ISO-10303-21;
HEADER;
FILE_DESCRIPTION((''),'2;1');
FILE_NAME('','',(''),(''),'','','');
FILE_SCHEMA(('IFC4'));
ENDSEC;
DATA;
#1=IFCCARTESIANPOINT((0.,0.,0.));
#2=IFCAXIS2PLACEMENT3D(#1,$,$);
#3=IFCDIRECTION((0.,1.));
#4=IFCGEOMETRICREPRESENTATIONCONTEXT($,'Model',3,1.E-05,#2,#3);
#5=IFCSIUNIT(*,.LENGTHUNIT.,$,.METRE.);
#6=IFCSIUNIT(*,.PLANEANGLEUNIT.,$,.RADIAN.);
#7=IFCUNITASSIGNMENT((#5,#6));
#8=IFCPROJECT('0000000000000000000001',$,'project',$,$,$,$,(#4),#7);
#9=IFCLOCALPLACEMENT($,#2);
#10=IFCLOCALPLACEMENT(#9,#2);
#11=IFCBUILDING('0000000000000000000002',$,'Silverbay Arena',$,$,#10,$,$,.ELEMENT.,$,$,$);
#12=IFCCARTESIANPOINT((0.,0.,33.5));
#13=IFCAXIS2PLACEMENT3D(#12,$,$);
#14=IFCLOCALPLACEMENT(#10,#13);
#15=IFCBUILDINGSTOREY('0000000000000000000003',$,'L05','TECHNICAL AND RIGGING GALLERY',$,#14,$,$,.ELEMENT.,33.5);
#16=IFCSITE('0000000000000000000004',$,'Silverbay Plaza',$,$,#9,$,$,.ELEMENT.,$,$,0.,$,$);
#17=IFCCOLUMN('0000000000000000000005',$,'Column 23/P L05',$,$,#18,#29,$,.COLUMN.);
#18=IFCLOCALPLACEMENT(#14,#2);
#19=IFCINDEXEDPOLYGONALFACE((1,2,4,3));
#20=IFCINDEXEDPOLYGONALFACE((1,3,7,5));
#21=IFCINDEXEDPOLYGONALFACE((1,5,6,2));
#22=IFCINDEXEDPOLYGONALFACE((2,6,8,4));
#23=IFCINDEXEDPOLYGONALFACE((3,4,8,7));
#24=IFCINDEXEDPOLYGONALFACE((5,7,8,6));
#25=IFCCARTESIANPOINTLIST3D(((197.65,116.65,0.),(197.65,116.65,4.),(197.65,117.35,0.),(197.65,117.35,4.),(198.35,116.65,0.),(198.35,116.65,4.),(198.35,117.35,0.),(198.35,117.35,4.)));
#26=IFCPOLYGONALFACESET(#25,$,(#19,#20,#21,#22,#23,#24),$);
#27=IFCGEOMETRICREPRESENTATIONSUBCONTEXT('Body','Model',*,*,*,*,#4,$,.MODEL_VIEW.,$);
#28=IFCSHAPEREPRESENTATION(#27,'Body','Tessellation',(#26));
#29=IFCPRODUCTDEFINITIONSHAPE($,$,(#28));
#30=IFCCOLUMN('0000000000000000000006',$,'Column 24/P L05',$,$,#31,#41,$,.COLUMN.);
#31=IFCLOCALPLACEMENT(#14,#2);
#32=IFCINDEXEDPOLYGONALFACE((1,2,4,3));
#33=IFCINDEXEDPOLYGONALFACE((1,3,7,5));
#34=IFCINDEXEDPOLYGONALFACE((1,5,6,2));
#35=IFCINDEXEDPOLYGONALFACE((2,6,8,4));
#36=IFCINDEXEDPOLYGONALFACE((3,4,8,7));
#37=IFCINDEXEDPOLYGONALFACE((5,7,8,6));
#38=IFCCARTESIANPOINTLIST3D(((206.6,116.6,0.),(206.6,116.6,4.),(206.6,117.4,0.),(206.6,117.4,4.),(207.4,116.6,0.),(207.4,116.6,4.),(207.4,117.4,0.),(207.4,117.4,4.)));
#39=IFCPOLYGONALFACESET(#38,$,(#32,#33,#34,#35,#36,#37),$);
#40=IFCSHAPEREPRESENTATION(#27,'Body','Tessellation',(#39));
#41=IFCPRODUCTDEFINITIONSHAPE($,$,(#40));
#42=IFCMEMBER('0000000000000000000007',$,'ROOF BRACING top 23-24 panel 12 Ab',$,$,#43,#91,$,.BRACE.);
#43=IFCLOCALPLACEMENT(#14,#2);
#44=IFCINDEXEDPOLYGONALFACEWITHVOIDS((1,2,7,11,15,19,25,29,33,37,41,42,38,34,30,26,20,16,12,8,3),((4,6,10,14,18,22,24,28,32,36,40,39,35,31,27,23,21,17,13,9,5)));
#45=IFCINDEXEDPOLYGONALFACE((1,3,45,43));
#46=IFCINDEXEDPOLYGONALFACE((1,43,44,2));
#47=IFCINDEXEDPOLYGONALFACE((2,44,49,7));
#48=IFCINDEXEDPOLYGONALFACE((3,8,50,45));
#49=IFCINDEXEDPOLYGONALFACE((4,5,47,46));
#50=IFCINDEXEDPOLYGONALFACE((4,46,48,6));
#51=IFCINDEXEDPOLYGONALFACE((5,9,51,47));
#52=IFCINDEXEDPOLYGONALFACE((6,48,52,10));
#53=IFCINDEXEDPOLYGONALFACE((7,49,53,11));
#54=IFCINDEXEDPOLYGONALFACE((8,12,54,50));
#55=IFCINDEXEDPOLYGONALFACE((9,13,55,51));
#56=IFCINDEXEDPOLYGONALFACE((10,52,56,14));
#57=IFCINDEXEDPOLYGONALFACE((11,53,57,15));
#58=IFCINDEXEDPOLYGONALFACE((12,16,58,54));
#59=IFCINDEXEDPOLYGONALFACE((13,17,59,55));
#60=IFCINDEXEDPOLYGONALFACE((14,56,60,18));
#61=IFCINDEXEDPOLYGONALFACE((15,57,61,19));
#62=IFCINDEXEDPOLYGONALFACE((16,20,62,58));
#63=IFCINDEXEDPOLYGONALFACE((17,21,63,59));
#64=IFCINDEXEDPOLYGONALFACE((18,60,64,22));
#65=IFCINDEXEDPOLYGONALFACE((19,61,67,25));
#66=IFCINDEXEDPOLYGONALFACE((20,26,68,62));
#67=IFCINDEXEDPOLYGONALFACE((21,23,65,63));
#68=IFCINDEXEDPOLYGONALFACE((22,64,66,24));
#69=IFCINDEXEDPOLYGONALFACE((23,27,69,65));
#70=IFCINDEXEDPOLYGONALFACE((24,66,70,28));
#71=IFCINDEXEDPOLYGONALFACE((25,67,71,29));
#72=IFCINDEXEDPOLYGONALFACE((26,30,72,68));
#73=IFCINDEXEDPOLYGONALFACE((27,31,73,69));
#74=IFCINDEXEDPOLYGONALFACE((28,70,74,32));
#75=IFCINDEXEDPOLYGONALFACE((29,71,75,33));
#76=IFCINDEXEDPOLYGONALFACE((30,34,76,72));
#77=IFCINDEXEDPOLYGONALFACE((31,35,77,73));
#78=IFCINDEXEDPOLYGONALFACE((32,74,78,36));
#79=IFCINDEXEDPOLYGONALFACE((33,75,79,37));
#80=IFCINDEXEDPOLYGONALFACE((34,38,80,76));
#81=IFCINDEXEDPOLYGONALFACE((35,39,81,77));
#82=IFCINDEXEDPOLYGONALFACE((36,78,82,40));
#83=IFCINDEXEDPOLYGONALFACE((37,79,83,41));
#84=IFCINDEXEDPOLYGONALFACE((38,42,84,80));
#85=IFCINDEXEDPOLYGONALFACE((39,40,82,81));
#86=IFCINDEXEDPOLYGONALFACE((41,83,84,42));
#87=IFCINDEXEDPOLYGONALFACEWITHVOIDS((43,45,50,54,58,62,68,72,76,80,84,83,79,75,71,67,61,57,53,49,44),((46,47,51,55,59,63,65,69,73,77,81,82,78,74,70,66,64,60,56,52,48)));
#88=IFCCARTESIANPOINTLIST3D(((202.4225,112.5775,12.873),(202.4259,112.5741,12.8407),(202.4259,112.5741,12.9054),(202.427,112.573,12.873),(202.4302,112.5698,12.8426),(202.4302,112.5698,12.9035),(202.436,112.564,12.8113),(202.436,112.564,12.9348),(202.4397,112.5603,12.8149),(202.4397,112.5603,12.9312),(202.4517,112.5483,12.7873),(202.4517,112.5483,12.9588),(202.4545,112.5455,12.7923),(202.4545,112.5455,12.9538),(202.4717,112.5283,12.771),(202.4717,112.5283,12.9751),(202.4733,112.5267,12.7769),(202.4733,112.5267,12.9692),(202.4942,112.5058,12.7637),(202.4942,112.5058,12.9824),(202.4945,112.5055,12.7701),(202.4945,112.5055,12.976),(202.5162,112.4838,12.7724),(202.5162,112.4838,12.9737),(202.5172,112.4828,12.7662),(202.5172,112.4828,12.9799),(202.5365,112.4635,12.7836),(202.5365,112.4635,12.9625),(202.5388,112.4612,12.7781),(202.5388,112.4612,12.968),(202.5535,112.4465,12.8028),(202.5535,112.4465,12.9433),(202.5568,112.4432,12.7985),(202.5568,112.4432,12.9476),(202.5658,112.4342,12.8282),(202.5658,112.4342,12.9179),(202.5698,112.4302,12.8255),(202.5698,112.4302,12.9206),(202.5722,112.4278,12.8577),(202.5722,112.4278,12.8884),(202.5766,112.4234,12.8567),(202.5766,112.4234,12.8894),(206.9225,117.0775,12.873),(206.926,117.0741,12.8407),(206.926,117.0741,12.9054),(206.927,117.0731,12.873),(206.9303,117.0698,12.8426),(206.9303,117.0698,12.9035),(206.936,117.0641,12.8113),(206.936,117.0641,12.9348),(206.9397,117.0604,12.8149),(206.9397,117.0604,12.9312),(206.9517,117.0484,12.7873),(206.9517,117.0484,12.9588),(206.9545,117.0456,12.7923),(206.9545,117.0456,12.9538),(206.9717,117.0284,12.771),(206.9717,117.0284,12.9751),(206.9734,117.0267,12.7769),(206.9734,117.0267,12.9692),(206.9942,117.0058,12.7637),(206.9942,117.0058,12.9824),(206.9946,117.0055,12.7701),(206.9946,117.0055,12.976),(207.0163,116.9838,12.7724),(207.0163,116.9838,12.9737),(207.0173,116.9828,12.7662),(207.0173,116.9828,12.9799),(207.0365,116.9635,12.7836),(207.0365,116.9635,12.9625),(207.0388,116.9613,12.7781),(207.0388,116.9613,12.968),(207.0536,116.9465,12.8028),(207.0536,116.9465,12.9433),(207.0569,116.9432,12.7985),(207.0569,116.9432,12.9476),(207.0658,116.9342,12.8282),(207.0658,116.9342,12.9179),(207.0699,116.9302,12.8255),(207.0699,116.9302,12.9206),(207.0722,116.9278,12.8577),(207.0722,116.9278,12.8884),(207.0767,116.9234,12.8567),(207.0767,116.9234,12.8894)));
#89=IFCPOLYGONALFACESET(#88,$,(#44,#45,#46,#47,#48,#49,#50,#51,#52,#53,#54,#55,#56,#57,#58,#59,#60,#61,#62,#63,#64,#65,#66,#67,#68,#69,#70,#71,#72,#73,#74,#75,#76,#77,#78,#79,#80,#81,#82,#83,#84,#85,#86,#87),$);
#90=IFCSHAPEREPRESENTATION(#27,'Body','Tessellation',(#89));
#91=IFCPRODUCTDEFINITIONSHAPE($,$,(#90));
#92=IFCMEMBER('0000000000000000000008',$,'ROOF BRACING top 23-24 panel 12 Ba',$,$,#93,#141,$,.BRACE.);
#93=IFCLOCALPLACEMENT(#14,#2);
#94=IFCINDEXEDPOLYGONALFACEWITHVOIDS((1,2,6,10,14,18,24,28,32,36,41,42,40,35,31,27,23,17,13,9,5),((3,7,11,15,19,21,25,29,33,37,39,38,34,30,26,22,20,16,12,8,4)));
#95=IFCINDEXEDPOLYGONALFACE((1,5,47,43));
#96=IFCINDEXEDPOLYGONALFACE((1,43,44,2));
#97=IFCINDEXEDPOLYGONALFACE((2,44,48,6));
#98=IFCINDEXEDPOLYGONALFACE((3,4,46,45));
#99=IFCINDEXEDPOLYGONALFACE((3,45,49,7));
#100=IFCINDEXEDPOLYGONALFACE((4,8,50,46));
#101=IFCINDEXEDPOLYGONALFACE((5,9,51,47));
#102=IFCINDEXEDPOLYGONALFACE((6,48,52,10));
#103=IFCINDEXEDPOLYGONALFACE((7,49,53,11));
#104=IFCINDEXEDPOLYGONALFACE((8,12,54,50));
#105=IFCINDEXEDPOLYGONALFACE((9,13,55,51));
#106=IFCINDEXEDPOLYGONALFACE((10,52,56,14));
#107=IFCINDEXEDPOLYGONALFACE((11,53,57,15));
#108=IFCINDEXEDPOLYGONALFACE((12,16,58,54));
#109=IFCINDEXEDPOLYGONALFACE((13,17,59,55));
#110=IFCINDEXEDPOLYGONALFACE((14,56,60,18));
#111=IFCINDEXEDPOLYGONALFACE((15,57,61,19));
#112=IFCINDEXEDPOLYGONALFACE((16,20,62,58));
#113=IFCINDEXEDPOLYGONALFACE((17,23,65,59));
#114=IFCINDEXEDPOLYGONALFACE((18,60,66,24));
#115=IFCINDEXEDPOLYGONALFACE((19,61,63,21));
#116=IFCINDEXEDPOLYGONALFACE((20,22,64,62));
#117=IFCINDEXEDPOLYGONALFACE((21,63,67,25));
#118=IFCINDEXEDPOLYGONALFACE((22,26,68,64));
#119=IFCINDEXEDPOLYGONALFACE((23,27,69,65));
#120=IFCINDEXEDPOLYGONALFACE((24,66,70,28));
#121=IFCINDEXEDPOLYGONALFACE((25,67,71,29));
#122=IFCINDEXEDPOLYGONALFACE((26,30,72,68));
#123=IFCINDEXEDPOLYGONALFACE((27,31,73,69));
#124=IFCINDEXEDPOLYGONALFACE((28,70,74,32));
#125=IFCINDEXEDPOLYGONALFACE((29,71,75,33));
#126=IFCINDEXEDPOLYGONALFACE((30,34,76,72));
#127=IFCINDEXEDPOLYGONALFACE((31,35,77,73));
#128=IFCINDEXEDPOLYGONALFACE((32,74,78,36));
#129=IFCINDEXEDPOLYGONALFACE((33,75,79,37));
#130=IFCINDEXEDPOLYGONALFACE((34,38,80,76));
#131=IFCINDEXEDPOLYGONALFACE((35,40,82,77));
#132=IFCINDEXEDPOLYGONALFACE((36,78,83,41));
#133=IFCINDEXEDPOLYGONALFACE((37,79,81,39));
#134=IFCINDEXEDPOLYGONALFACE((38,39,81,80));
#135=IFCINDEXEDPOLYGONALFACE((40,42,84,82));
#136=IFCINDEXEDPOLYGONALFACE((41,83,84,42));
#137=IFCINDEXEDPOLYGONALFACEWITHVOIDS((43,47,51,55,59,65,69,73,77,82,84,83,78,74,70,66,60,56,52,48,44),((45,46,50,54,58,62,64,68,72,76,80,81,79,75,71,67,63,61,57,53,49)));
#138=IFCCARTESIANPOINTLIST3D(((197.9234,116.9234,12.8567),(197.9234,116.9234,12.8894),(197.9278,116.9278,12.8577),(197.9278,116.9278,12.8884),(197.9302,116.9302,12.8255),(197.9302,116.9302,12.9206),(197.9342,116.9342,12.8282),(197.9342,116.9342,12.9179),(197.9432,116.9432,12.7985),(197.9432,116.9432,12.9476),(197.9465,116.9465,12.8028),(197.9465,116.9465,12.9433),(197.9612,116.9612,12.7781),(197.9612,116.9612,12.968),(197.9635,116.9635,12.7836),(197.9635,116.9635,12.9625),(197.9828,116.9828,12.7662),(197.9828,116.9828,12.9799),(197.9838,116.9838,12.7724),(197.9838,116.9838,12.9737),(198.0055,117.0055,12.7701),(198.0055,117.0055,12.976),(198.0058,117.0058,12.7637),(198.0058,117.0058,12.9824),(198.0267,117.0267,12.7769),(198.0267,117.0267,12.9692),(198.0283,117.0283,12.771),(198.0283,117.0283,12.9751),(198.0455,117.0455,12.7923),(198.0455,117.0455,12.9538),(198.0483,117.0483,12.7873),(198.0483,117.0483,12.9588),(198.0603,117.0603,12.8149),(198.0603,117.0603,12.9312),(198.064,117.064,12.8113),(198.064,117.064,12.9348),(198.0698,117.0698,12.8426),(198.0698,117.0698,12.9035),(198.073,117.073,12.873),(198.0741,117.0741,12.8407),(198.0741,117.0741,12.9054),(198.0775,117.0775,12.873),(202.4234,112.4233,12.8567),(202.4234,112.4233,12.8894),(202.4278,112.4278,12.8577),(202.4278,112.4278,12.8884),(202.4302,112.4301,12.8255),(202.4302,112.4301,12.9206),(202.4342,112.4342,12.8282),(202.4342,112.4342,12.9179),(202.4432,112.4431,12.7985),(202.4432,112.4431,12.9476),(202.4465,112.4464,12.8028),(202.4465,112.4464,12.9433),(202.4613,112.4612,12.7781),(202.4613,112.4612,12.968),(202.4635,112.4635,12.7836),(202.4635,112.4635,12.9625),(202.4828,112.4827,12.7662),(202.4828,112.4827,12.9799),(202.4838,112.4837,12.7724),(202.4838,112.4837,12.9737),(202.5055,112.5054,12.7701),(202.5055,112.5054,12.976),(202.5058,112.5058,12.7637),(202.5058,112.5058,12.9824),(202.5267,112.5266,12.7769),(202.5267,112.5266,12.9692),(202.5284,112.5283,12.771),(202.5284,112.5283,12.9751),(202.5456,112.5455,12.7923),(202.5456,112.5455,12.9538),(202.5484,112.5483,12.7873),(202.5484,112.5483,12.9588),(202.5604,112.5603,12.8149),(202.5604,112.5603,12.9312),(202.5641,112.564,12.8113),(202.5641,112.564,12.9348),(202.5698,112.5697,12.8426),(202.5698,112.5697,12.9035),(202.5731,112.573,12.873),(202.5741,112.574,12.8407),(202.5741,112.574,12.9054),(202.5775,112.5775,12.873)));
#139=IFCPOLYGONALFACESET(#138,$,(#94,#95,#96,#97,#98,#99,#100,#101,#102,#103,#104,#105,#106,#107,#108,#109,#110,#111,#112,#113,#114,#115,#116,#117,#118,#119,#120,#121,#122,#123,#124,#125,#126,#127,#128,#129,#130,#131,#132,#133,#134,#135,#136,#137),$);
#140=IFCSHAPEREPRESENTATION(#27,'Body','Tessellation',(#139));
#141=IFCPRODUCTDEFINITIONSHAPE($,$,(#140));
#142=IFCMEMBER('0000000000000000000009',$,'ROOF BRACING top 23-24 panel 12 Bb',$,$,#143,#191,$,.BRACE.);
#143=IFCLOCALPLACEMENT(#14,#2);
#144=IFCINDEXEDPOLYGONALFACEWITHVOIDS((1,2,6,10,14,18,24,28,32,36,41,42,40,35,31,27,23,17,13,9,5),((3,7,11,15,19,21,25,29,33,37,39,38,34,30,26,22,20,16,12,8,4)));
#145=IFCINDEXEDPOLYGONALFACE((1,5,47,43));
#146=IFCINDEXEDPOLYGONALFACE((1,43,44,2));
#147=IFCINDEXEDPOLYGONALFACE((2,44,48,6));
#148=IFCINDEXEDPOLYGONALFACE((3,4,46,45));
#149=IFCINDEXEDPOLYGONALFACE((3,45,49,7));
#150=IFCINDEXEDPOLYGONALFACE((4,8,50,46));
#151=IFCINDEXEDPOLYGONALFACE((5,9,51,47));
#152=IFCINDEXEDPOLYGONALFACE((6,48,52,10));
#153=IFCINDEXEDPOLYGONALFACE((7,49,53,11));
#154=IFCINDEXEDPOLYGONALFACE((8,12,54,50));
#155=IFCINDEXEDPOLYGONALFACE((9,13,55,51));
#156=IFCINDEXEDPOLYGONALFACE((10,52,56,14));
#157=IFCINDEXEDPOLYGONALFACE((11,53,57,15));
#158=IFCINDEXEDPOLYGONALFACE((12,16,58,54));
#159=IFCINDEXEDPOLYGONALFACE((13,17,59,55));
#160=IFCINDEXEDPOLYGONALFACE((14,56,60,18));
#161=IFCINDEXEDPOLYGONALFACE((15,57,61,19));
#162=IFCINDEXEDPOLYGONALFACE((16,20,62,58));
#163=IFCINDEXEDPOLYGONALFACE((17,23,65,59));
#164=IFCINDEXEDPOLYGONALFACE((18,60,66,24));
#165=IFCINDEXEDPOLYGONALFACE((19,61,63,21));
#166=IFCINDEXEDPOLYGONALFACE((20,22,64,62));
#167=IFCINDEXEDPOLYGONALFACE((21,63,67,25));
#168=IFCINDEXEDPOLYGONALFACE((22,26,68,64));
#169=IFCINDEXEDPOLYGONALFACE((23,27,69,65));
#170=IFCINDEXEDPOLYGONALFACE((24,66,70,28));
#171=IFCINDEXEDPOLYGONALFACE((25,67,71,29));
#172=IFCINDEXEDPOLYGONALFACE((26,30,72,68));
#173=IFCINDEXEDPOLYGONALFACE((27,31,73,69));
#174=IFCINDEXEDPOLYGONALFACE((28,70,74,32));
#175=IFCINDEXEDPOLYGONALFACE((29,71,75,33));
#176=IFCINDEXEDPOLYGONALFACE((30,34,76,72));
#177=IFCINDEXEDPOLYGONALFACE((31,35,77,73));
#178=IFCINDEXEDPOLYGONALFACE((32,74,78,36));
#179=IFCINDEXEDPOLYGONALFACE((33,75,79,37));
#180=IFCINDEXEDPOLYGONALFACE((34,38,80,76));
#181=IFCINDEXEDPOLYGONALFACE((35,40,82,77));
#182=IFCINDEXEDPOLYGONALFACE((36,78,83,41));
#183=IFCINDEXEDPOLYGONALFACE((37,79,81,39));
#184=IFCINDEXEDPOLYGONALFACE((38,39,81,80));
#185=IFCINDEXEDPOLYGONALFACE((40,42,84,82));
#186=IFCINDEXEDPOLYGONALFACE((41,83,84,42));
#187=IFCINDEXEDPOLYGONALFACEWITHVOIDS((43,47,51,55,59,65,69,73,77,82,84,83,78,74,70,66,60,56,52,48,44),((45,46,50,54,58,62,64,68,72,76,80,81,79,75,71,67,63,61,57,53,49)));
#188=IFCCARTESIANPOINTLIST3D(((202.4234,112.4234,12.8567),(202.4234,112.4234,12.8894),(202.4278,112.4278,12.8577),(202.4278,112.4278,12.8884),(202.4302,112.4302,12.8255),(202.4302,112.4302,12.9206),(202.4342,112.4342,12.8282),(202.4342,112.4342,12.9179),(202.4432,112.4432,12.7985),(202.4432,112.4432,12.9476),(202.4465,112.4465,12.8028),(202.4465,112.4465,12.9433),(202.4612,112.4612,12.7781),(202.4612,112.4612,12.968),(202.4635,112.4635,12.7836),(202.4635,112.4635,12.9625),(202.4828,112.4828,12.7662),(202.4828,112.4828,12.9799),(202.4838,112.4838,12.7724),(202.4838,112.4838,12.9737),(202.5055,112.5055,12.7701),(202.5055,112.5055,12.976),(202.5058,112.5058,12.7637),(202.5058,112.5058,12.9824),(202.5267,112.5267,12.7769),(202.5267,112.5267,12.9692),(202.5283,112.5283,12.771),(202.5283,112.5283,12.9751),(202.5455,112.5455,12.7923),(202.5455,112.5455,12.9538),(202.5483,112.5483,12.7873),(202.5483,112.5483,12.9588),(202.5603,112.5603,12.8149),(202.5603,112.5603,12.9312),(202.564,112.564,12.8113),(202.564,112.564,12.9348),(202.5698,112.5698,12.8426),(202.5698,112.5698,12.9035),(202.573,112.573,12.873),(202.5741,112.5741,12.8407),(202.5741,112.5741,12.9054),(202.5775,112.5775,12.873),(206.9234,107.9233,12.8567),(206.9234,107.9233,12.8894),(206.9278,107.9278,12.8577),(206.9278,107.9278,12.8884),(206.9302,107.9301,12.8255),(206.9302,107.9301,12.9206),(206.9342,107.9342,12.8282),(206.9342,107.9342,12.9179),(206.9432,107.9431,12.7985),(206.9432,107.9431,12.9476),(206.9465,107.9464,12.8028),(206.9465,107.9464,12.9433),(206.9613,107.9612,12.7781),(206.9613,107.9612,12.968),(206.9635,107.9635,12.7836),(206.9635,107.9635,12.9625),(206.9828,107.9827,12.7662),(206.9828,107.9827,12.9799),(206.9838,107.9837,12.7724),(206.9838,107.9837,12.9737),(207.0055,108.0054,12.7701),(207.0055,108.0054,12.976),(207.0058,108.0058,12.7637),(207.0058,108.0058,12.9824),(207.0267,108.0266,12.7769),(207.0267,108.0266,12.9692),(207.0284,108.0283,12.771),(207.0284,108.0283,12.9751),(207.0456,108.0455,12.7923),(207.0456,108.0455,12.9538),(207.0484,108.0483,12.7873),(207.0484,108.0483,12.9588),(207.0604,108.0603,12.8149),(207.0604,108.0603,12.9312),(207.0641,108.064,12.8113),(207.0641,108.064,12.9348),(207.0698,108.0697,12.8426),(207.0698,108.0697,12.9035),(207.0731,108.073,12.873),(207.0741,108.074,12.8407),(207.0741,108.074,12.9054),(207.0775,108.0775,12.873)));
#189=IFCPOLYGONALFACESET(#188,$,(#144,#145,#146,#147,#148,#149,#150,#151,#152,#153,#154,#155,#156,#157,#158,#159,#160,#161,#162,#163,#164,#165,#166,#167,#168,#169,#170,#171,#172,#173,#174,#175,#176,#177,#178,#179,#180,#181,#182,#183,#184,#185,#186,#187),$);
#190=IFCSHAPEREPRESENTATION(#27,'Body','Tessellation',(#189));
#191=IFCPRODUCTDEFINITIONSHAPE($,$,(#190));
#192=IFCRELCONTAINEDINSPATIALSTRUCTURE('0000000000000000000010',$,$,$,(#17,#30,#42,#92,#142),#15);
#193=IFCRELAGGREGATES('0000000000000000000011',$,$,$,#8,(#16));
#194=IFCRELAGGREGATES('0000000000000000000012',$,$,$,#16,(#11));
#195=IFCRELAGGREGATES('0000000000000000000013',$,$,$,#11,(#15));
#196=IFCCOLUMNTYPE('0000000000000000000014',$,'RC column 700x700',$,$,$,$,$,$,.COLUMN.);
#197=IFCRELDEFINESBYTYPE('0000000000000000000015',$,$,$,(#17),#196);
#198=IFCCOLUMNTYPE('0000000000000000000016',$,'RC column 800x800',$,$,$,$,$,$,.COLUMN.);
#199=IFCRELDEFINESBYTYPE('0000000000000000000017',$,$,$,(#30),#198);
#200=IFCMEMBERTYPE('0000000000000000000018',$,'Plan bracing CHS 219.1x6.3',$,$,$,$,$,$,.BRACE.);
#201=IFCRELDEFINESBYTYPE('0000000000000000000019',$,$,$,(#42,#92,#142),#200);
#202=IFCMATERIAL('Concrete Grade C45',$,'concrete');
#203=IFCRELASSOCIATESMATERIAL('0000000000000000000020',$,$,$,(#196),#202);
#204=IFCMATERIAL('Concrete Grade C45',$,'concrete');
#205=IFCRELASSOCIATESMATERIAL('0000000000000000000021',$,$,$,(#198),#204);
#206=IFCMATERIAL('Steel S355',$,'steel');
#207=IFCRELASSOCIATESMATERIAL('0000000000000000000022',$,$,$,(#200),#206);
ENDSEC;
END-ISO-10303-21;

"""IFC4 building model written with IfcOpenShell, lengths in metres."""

from ifc_helpers import new_model, si_unit, direction, frame, origin, origin_2d, place, context, subcontext, project, spatial, rectangle, hollow_circle, extrude, material, material_profile, profile_set, type_object, element, save


model = new_model("IFC4")

# Units and contexts
model_context = context("Model", 3, precision=1e-05, world=origin(), true_north=direction((0.0, 1.0)))
body_context = subcontext(model_context, "Body", "Model", "MODEL_VIEW")
ifc_project = project(units=[si_unit("LENGTHUNIT", "METRE"), si_unit("PLANEANGLEUNIT", "RADIAN")], contexts=[model_context])

# Site, building, storey
site_placement = place(None, origin())
site = spatial("IfcSite", under=ifc_project, at=site_placement, Name="Silverbay Plaza", CompositionType="ELEMENT", RefElevation=0.0)
building_placement = place(site_placement, origin())
building = spatial("IfcBuilding", under=site, at=building_placement, Name="Silverbay Arena", CompositionType="ELEMENT")
storey_placement = place(building_placement, frame((0.0, 0.0, 33.5)))
storey = spatial("IfcBuildingStorey", under=building, at=storey_placement, Name="L05", Description="TECHNICAL AND RIGGING GALLERY", CompositionType="ELEMENT", Elevation=33.5)

# Columns
ifc_material_1 = material(Name="Concrete Grade C45", Category="concrete")
ifc_material_profile_1 = material_profile(ifc_material_1, rectangle(XDim=0.7, YDim=0.7, at=origin_2d()), Name="RC 700x700")
ifc_profile_set_1 = profile_set([ifc_material_profile_1], Name="Concrete Grade C45")
column_type_1 = type_object("IfcColumnType", Name="RC column 700x700", PredefinedType="COLUMN", material=ifc_profile_set_1)
column_1_placement = place(storey_placement, frame((198.0, 117.0, 0.0), z_axis=(0.0, 0.0, 1.0), x_axis=(1.0, 0.0, 0.0)))
element("IfcColumn", 1, at=column_1_placement, inside=storey, type_object=column_type_1, Name="Column 23/P L05", PredefinedType="COLUMN", context=body_context, shape_type="SweptSolid", body=[
    extrude(rectangle(XDim=0.7, YDim=0.7, at=origin_2d()), origin(), (0.0, 0.0, 1.0), 4.0),
])
ifc_material_2 = material(Name="Concrete Grade C45", Category="concrete")
ifc_material_profile_2 = material_profile(ifc_material_2, rectangle(XDim=0.8, YDim=0.8, at=origin_2d()), Name="RC 800x800")
ifc_profile_set_2 = profile_set([ifc_material_profile_2], Name="Concrete Grade C45")
column_type_2 = type_object("IfcColumnType", Name="RC column 800x800", PredefinedType="COLUMN", material=ifc_profile_set_2)
column_2_placement = place(storey_placement, frame((207.0, 117.0, 0.0), z_axis=(0.0, 0.0, 1.0), x_axis=(1.0, 0.0, 0.0)))
element("IfcColumn", 2, at=column_2_placement, inside=storey, type_object=column_type_2, Name="Column 24/P L05", PredefinedType="COLUMN", context=body_context, shape_type="SweptSolid", body=[
    extrude(rectangle(XDim=0.8, YDim=0.8, at=origin_2d()), origin(), (0.0, 0.0, 1.0), 4.0),
])

# Members
ifc_material_3 = material(Name="Steel S355", Category="steel")
ifc_material_profile_3 = material_profile(ifc_material_3, hollow_circle(Radius=0.1096, WallThickness=0.0063, at=origin_2d()), Name="CHS 219.1x6.3")
ifc_profile_set_3 = profile_set([ifc_material_profile_3], Name="Steel S355")
member_type_1 = type_object("IfcMemberType", Name="Plan bracing CHS 219.1x6.3", PredefinedType="BRACE", material=ifc_profile_set_3)
for number, where, z_axis, x_axis, name in (
    (3, (202.5, 112.5, 12.873), (0.707107, 0.707107, 0.0), (-0.707107, 0.707107, 0.0), "ROOF BRACING top 23-24 panel 12 Ab"),
    (4, (198.0, 117.0, 12.873), (0.707107, -0.707107, 0.0), (0.707107, 0.707107, 0.0), "ROOF BRACING top 23-24 panel 12 Ba"),
    (5, (202.5, 112.5, 12.873), (0.707107, -0.707107, 0.0), (0.707107, 0.707107, 0.0), "ROOF BRACING top 23-24 panel 12 Bb"),
):
    element("IfcMember", number, at=place(storey_placement, frame(where, z_axis=z_axis, x_axis=x_axis)), inside=storey, type_object=member_type_1, Name=name, PredefinedType="BRACE", context=body_context, shape_type="SweptSolid", body=[
        extrude(hollow_circle(Radius=0.1096, WallThickness=0.0063, at=origin_2d()), origin(), (0.0, 0.0, 1.0), 6.364),
    ])

save(model, "model.ifc")
